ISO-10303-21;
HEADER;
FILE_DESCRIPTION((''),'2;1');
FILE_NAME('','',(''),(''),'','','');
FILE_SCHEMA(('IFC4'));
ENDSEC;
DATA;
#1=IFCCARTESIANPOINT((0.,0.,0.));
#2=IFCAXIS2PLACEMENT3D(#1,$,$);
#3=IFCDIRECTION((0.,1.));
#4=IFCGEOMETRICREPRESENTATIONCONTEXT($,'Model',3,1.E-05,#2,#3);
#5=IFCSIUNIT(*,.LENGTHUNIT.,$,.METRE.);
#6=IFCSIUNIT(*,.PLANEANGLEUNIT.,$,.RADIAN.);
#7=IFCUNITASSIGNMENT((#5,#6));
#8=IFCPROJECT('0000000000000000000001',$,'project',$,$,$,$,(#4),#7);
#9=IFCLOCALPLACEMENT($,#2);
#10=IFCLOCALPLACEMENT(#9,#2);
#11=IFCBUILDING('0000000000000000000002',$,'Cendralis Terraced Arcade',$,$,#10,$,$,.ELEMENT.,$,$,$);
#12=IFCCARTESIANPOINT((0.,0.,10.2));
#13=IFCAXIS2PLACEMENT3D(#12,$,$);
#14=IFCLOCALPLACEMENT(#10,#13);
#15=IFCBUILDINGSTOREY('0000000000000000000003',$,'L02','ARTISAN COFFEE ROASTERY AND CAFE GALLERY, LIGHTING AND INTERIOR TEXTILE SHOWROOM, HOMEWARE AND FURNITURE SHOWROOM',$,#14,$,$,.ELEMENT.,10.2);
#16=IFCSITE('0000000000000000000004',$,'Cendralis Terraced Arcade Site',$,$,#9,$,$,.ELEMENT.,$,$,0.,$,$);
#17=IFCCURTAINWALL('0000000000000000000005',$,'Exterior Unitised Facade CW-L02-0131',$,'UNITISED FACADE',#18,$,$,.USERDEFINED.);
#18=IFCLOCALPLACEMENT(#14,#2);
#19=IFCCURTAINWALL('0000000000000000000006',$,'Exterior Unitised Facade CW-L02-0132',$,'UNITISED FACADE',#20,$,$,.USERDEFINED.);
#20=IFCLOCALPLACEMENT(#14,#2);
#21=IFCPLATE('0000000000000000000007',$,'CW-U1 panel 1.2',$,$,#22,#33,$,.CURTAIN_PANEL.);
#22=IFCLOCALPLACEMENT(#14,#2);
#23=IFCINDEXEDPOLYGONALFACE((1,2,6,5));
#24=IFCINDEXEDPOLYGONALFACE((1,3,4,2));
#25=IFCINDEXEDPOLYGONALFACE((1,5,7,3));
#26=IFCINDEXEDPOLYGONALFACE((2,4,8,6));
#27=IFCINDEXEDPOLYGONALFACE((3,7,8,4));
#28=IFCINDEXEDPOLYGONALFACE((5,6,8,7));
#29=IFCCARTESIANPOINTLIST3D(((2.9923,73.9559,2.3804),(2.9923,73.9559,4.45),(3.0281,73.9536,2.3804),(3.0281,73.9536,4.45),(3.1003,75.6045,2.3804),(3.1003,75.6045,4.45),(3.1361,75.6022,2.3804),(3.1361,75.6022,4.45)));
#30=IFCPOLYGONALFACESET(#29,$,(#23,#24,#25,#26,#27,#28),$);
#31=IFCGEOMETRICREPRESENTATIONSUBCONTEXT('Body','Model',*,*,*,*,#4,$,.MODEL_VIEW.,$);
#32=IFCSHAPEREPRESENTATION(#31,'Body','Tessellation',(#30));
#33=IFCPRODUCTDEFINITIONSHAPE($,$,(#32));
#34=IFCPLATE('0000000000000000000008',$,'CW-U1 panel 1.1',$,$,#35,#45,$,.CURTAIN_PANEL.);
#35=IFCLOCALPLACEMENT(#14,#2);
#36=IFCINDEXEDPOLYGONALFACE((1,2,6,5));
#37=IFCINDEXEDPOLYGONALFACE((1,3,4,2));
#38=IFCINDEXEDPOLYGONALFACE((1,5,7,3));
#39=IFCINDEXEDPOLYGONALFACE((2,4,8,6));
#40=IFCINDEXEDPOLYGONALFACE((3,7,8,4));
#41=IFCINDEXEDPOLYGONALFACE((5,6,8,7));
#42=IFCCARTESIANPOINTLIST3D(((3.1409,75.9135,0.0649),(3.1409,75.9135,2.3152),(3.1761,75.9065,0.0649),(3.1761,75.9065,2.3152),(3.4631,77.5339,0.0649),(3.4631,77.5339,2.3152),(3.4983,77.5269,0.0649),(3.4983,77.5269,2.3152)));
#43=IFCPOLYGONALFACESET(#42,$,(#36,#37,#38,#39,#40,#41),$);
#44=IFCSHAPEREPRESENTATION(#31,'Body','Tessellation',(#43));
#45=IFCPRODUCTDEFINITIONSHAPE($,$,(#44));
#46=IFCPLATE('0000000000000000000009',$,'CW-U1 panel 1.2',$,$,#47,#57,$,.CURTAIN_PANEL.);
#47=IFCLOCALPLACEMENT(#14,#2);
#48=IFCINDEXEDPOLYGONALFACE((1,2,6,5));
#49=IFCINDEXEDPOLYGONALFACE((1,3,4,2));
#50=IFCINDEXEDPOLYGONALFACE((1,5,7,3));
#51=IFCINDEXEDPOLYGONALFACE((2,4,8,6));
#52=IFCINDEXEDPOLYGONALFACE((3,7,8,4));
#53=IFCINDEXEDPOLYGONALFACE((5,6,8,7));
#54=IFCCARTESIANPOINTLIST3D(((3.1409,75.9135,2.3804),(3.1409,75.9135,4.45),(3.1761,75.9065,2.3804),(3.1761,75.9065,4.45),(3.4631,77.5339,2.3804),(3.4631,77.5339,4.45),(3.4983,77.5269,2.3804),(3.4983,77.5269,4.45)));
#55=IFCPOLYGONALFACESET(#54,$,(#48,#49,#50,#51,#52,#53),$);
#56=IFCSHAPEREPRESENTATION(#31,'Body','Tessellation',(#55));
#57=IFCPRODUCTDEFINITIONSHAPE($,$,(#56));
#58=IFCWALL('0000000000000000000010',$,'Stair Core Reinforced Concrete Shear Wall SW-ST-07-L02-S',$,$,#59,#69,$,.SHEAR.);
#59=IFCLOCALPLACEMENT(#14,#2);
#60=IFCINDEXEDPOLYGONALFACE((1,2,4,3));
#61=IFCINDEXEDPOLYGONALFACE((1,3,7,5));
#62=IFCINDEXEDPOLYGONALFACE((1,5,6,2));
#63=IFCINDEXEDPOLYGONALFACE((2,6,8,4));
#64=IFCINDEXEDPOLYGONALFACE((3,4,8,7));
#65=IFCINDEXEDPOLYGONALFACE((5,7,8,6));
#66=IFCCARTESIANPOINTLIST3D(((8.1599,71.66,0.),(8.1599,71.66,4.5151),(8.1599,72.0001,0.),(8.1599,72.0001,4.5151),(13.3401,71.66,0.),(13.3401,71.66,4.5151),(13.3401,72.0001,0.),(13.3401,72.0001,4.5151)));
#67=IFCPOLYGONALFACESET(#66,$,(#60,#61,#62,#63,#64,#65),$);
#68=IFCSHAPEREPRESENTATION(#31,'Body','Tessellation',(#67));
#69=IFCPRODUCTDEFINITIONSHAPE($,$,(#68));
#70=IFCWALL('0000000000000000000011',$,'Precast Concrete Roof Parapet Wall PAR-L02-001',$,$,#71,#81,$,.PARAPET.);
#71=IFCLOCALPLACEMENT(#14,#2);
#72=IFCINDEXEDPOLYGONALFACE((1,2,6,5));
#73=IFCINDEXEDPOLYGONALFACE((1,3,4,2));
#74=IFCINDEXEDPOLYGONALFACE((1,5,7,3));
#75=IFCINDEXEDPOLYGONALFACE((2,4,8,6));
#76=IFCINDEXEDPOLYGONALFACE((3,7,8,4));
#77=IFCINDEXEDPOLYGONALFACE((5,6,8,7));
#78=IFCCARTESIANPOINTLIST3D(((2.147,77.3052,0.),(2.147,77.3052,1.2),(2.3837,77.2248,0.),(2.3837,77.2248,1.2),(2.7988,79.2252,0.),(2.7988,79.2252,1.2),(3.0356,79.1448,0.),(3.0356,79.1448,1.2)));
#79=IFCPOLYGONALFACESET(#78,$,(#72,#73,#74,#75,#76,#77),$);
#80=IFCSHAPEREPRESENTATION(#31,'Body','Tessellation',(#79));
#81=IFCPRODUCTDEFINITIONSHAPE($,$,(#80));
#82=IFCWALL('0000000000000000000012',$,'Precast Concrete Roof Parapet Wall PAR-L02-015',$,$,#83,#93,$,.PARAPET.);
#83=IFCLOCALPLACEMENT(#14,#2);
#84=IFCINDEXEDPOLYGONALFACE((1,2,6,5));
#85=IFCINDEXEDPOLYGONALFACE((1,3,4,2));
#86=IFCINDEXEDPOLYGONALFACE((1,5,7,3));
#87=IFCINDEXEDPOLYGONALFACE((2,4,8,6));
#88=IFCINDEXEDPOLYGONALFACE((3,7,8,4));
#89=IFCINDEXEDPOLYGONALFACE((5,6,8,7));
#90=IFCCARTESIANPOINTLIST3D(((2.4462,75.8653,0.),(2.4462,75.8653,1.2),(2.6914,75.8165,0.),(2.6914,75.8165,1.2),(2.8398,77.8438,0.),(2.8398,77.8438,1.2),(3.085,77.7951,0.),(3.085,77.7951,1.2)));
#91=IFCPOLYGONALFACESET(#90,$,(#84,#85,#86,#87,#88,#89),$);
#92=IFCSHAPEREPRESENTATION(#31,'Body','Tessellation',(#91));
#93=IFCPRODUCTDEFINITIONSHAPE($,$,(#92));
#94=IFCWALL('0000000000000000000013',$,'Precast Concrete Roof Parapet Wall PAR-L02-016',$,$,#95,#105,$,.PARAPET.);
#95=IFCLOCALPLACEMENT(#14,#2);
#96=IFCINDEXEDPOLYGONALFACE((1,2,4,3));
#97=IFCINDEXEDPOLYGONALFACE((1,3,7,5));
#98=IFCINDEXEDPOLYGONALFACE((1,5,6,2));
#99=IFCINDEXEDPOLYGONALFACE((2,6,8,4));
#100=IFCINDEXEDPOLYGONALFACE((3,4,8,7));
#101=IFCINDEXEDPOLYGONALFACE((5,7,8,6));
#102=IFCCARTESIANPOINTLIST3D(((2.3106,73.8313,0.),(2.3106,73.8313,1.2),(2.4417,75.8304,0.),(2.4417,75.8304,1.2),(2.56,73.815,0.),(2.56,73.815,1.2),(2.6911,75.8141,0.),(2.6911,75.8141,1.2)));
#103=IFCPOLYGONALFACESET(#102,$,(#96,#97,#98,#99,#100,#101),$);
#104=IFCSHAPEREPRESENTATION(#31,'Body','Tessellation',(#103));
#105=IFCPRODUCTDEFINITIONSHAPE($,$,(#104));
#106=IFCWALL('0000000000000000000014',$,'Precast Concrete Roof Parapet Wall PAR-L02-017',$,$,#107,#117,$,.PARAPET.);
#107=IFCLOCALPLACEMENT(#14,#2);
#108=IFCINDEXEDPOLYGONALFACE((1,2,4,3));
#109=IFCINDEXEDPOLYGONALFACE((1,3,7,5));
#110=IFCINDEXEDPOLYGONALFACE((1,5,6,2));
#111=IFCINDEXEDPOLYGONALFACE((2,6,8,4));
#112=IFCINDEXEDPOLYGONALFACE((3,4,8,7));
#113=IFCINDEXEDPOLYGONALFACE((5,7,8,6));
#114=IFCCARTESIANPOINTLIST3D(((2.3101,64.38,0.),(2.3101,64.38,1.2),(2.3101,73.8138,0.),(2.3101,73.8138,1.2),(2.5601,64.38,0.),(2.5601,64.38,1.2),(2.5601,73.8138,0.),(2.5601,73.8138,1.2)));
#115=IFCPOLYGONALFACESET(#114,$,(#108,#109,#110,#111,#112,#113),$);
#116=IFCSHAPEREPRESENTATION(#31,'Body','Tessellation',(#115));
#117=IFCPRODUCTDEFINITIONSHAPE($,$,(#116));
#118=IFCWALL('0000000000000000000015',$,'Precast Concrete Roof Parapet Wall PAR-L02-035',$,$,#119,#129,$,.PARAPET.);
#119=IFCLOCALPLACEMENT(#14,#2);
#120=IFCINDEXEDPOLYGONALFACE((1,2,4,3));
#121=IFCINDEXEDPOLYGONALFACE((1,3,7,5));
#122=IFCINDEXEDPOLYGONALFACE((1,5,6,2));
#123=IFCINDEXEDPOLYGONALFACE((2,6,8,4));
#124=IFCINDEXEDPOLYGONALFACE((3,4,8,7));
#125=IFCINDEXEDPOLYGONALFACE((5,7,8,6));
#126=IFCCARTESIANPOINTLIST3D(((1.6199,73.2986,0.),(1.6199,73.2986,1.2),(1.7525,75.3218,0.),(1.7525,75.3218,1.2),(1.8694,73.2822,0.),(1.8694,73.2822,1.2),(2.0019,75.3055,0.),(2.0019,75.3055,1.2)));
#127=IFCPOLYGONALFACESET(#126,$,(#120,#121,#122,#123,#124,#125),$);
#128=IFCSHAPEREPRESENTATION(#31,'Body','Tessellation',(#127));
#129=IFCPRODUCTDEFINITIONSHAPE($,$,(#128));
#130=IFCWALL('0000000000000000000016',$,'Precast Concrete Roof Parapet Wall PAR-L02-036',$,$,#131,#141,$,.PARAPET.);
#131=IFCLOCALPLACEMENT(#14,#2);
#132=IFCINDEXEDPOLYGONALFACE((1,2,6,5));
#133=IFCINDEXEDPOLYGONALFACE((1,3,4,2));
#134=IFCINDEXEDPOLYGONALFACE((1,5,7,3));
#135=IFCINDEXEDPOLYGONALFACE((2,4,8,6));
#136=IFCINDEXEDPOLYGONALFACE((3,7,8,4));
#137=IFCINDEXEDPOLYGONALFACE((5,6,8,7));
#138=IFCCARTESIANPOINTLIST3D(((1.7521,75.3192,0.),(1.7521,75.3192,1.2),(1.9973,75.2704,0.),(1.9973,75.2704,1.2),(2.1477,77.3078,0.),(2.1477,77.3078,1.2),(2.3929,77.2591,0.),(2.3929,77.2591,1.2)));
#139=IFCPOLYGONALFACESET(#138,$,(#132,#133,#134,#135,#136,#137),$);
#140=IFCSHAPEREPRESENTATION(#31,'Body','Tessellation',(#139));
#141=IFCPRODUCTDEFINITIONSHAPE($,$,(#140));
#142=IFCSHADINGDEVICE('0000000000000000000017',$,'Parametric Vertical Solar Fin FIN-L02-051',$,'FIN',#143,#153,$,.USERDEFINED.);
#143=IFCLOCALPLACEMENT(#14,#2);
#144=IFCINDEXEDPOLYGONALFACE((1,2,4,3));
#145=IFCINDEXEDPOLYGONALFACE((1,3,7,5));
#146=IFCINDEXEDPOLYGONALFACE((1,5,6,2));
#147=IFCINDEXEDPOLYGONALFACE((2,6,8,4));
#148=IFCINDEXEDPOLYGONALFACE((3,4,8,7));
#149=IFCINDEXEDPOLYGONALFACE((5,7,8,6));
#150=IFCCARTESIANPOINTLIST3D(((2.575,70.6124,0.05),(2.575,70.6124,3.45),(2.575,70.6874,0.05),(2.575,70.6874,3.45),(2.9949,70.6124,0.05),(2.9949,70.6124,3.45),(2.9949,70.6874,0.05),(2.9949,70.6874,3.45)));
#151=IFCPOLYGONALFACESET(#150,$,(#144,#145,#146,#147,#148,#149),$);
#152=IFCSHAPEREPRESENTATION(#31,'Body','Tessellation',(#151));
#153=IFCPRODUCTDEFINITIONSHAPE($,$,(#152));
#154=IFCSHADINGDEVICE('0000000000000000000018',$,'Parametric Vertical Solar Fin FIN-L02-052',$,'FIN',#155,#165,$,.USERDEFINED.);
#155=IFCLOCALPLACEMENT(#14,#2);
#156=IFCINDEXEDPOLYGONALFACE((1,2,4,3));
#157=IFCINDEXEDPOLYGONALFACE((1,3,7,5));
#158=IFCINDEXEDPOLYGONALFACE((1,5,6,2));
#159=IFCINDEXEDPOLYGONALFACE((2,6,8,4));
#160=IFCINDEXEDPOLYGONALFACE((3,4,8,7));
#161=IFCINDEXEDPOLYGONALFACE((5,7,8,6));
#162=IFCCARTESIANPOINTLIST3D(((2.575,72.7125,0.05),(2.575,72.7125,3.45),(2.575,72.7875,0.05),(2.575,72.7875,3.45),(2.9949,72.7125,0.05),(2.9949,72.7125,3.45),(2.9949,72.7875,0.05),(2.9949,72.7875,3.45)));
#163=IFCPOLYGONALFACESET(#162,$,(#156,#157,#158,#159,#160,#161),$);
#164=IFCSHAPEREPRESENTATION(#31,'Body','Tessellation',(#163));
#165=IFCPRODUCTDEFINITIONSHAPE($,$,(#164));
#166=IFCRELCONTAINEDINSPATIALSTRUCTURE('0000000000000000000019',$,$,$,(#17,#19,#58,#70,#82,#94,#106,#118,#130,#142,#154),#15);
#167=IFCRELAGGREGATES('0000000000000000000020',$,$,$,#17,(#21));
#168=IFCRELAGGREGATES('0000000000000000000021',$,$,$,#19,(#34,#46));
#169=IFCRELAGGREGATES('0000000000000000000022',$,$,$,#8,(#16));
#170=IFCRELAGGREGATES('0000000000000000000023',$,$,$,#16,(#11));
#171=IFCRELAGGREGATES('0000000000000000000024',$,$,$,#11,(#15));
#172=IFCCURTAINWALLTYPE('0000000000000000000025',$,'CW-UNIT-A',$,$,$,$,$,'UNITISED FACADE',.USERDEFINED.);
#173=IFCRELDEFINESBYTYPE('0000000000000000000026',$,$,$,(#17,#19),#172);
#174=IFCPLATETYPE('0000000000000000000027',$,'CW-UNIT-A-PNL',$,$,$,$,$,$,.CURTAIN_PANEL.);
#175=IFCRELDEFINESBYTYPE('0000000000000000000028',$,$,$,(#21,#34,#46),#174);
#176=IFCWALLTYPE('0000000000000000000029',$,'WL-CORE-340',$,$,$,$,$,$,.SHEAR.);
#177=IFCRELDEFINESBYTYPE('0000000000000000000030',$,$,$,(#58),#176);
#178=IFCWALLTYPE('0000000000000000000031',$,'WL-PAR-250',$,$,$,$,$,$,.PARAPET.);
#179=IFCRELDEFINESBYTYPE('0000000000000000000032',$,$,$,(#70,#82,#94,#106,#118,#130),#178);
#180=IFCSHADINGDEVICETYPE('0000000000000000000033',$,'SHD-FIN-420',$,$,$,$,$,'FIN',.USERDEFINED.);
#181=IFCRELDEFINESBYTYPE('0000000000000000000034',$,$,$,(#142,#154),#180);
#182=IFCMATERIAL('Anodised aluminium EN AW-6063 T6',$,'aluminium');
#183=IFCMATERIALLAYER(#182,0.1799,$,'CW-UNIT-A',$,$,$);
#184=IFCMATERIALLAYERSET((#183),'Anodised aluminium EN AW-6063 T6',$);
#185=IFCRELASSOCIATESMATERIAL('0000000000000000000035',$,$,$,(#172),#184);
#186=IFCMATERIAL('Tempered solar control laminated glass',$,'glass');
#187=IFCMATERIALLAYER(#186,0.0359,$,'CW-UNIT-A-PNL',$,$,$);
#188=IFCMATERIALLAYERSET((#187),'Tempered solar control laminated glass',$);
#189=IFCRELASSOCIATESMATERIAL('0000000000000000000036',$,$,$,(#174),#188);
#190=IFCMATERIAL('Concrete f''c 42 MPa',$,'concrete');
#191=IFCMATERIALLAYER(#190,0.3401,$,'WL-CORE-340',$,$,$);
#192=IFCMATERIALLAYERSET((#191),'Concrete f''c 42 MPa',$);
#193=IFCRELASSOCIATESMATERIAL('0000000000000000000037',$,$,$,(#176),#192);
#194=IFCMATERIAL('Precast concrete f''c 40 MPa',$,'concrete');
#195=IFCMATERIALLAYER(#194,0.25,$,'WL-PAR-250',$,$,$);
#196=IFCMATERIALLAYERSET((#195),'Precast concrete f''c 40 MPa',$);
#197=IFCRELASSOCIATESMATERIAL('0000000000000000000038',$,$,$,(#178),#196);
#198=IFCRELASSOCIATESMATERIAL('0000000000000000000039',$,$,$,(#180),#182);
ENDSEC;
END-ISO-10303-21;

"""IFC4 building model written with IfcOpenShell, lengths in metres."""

from ifc_helpers import new_model, si_unit, direction, frame, frame_2d, origin, origin_2d, place, context, subcontext, project, spatial, rectangle, extrude, material, layer, layer_set, type_object, element, aggregate, save


model = new_model("IFC4")

# Units and contexts
model_context = context("Model", 3, precision=1e-05, world=origin(), true_north=direction((0.0, 1.0)))
body_context = subcontext(model_context, "Body", "Model", "MODEL_VIEW")
ifc_project = project(units=[si_unit("LENGTHUNIT", "METRE"), si_unit("PLANEANGLEUNIT", "RADIAN")], contexts=[model_context])

# Site, building, storey
site_placement = place(None, origin())
site = spatial("IfcSite", under=ifc_project, at=site_placement, Name="Cendralis Terraced Arcade Site", CompositionType="ELEMENT", RefElevation=0.0)
building_placement = place(site_placement, origin())
building = spatial("IfcBuilding", under=site, at=building_placement, Name="Cendralis Terraced Arcade", CompositionType="ELEMENT")
storey_placement = place(building_placement, frame((0.0, 0.0, 10.2)))
storey = spatial("IfcBuildingStorey", under=building, at=storey_placement, Name="L02", Description="ARTISAN COFFEE ROASTERY AND CAFE GALLERY, LIGHTING AND INTERIOR TEXTILE SHOWROOM, HOMEWARE AND FURNITURE SHOWROOM", CompositionType="ELEMENT", Elevation=10.2)

# Curtain walls
ifc_material_1 = material(Name="Anodised aluminium EN AW-6063 T6", Category="aluminium")
ifc_layer_1 = layer(ifc_material_1, 0.1799, Name="CW-UNIT-A")
ifc_layer_set_1 = layer_set([ifc_layer_1], Name="Anodised aluminium EN AW-6063 T6")
curtain_wall_type_1 = type_object("IfcCurtainWallType", Name="CW-UNIT-A", ElementType="UNITISED FACADE", PredefinedType="USERDEFINED", material=ifc_layer_set_1)
curtain_wall_1_placement = place(storey_placement, origin())
curtain_wall_1 = element("IfcCurtainWall", 1, at=curtain_wall_1_placement, inside=storey, type_object=curtain_wall_type_1, Name="Exterior Unitised Facade CW-L02-0131", ObjectType="UNITISED FACADE", PredefinedType="USERDEFINED")
curtain_wall_2_placement = place(storey_placement, origin())
curtain_wall_2 = element("IfcCurtainWall", 2, at=curtain_wall_2_placement, inside=storey, type_object=curtain_wall_type_1, Name="Exterior Unitised Facade CW-L02-0132", ObjectType="UNITISED FACADE", PredefinedType="USERDEFINED")

# Plates
ifc_material_2 = material(Name="Tempered solar control laminated glass", Category="glass")
ifc_layer_2 = layer(ifc_material_2, 0.0359, Name="CW-UNIT-A-PNL")
ifc_layer_set_2 = layer_set([ifc_layer_2], Name="Tempered solar control laminated glass")
plate_type_1 = type_object("IfcPlateType", Name="CW-UNIT-A-PNL", PredefinedType="CURTAIN_PANEL", material=ifc_layer_set_2)
plate_1_placement = place(storey_placement, frame((3.0642, 74.7791, 2.3804), z_axis=(0.0, 0.0, 1.0), x_axis=(0.065372, 0.997861, 0.0)))
plate_1 = element("IfcPlate", 3, at=plate_1_placement, type_object=plate_type_1, Name="CW-U1 panel 1.2", PredefinedType="CURTAIN_PANEL", context=body_context, shape_type="SweptSolid", body=[
    extrude(rectangle(XDim=1.6521, YDim=0.0359, at=origin_2d()), origin(), (0.0, 0.0, 1.0), 2.0696),
])
aggregate(curtain_wall_1, [plate_1])
plate_2_placement = place(storey_placement, frame((3.3196, 76.7202, 0.0649), z_axis=(0.0, 0.0, 1.0), x_axis=(0.195058, 0.980792, 0.0)))
plate_2 = element("IfcPlate", 4, at=plate_2_placement, type_object=plate_type_1, Name="CW-U1 panel 1.1", PredefinedType="CURTAIN_PANEL", context=body_context, shape_type="SweptSolid", body=[
    extrude(rectangle(XDim=1.6521, YDim=0.0359, at=origin_2d()), origin(), (0.0, 0.0, 1.0), 2.2502),
])
plate_3_placement = place(storey_placement, frame((3.3196, 76.7202, 2.3804), z_axis=(0.0, 0.0, 1.0), x_axis=(0.195058, 0.980792, 0.0)))
plate_3 = element("IfcPlate", 5, at=plate_3_placement, type_object=plate_type_1, Name="CW-U1 panel 1.2", PredefinedType="CURTAIN_PANEL", context=body_context, shape_type="SweptSolid", body=[
    extrude(rectangle(XDim=1.6521, YDim=0.0359, at=origin_2d()), origin(), (0.0, 0.0, 1.0), 2.0696),
])
aggregate(curtain_wall_2, [plate_2, plate_3])

# Walls
ifc_material_3 = material(Name="Concrete f'c 42 MPa", Category="concrete")
ifc_layer_3 = layer(ifc_material_3, 0.3401, Name="WL-CORE-340")
ifc_layer_set_3 = layer_set([ifc_layer_3], Name="Concrete f'c 42 MPa")
wall_type_1 = type_object("IfcWallType", Name="WL-CORE-340", PredefinedType="SHEAR", material=ifc_layer_set_3)
wall_1_placement = place(storey_placement, frame((8.1599, 71.8301, 0.0), z_axis=(0.0, 0.0, 1.0), x_axis=(1.0, 0.0, 0.0)))
element("IfcWall", 6, at=wall_1_placement, inside=storey, type_object=wall_type_1, Name="Stair Core Reinforced Concrete Shear Wall SW-ST-07-L02-S", PredefinedType="SHEAR", context=body_context, shape_type="SweptSolid", body=[
    extrude(rectangle(XDim=5.1802, YDim=0.3401, at=frame_2d((2.5901, 0.0))), origin(), (0.0, 0.0, 1.0), 4.5151),
])
ifc_material_4 = material(Name="Precast concrete f'c 40 MPa", Category="concrete")
ifc_layer_4 = layer(ifc_material_4, 0.25, Name="WL-PAR-250")
ifc_layer_set_4 = layer_set([ifc_layer_4], Name="Precast concrete f'c 40 MPa")
wall_type_2 = type_object("IfcWallType", Name="WL-PAR-250", PredefinedType="PARAPET", material=ifc_layer_set_4)
wall_2_placement = place(storey_placement, frame((2.2654, 77.2651, 0.0), z_axis=(0.0, 0.0, 1.0), x_axis=(0.321497, 0.946911, 0.0)))
element("IfcWall", 7, at=wall_2_placement, inside=storey, type_object=wall_type_2, Name="Precast Concrete Roof Parapet Wall PAR-L02-001", PredefinedType="PARAPET", context=body_context, shape_type="SweptSolid", body=[
    extrude(rectangle(XDim=2.0276, YDim=0.25, at=frame_2d((1.0137, 0.0))), origin(), (0.0, 0.0, 1.0), 1.2),
])
wall_3_placement = place(storey_placement, frame((2.9624, 77.8196, 0.0), z_axis=(0.0, 0.0, 1.0), x_axis=(-0.195092, -0.980785, 0.0)))
element("IfcWall", 8, at=wall_3_placement, inside=storey, type_object=wall_type_2, Name="Precast Concrete Roof Parapet Wall PAR-L02-015", PredefinedType="PARAPET", context=body_context, shape_type="SweptSolid", body=[
    extrude(rectangle(XDim=2.0173, YDim=0.25, at=frame_2d((1.0088, 0.0))), origin(), (0.0, 0.0, 1.0), 1.2),
])
wall_4_placement = place(storey_placement, frame((2.5664, 75.8223, 0.0), z_axis=(0.0, 0.0, 1.0), x_axis=(-0.065443, -0.997856, 0.0)))
element("IfcWall", 9, at=wall_4_placement, inside=storey, type_object=wall_type_2, Name="Precast Concrete Roof Parapet Wall PAR-L02-016", PredefinedType="PARAPET", context=body_context, shape_type="SweptSolid", body=[
    extrude(rectangle(XDim=2.0034, YDim=0.25, at=frame_2d((1.0017, 0.0))), origin(), (0.0, 0.0, 1.0), 1.2),
])
wall_5_placement = place(storey_placement, frame((2.4351, 73.8137, 0.0), z_axis=(0.0, 0.0, 1.0), x_axis=(0.0, -1.0, 0.0)))
element("IfcWall", 10, at=wall_5_placement, inside=storey, type_object=wall_type_2, Name="Precast Concrete Roof Parapet Wall PAR-L02-017", PredefinedType="PARAPET", context=body_context, shape_type="SweptSolid", body=[
    extrude(rectangle(XDim=9.4338, YDim=0.25, at=frame_2d((4.7168, 0.0))), origin(), (0.0, 0.0, 1.0), 1.2),
])
for number, where, z_axis, x_axis, name in (
    (11, (1.7446, 73.2905, 0.0), (0.0, 0.0, 1.0), (0.065384, 0.99786, 0.0), "Precast Concrete Roof Parapet Wall PAR-L02-035"),
    (12, (1.8748, 75.2949, 0.0), (0.0, 0.0, 1.0), (0.195074, 0.980789, 0.0), "Precast Concrete Roof Parapet Wall PAR-L02-036"),
):
    element("IfcWall", number, at=place(storey_placement, frame(where, z_axis=z_axis, x_axis=x_axis)), inside=storey, type_object=wall_type_2, Name=name, PredefinedType="PARAPET", context=body_context, shape_type="SweptSolid", body=[
        extrude(rectangle(XDim=2.0276, YDim=0.25, at=frame_2d((1.0137, 0.0))), origin(), (0.0, 0.0, 1.0), 1.2),
    ])

# Shading devices
shading_device_type = type_object("IfcShadingDeviceType", Name="SHD-FIN-420", ElementType="FIN", PredefinedType="USERDEFINED", material=ifc_material_1)
for number, where, z_axis, x_axis, name in (
    (13, (2.7849, 70.6499, 0.05), (0.0, 0.0, 1.0), (0.0, 1.0, 0.0), "Parametric Vertical Solar Fin FIN-L02-051"),
    (14, (2.7849, 72.75, 0.05), (0.0, 0.0, 1.0), (0.0, 1.0, 0.0), "Parametric Vertical Solar Fin FIN-L02-052"),
):
    element("IfcShadingDevice", number, at=place(storey_placement, frame(where, z_axis=z_axis, x_axis=x_axis)), inside=storey, type_object=shading_device_type, Name=name, ObjectType="FIN", PredefinedType="USERDEFINED", context=body_context, shape_type="SweptSolid", body=[
        extrude(rectangle(XDim=0.075, YDim=0.4199, at=origin_2d()), origin(), (0.0, 0.0, 1.0), 3.3999),
    ])

save(model, "model.ifc")
